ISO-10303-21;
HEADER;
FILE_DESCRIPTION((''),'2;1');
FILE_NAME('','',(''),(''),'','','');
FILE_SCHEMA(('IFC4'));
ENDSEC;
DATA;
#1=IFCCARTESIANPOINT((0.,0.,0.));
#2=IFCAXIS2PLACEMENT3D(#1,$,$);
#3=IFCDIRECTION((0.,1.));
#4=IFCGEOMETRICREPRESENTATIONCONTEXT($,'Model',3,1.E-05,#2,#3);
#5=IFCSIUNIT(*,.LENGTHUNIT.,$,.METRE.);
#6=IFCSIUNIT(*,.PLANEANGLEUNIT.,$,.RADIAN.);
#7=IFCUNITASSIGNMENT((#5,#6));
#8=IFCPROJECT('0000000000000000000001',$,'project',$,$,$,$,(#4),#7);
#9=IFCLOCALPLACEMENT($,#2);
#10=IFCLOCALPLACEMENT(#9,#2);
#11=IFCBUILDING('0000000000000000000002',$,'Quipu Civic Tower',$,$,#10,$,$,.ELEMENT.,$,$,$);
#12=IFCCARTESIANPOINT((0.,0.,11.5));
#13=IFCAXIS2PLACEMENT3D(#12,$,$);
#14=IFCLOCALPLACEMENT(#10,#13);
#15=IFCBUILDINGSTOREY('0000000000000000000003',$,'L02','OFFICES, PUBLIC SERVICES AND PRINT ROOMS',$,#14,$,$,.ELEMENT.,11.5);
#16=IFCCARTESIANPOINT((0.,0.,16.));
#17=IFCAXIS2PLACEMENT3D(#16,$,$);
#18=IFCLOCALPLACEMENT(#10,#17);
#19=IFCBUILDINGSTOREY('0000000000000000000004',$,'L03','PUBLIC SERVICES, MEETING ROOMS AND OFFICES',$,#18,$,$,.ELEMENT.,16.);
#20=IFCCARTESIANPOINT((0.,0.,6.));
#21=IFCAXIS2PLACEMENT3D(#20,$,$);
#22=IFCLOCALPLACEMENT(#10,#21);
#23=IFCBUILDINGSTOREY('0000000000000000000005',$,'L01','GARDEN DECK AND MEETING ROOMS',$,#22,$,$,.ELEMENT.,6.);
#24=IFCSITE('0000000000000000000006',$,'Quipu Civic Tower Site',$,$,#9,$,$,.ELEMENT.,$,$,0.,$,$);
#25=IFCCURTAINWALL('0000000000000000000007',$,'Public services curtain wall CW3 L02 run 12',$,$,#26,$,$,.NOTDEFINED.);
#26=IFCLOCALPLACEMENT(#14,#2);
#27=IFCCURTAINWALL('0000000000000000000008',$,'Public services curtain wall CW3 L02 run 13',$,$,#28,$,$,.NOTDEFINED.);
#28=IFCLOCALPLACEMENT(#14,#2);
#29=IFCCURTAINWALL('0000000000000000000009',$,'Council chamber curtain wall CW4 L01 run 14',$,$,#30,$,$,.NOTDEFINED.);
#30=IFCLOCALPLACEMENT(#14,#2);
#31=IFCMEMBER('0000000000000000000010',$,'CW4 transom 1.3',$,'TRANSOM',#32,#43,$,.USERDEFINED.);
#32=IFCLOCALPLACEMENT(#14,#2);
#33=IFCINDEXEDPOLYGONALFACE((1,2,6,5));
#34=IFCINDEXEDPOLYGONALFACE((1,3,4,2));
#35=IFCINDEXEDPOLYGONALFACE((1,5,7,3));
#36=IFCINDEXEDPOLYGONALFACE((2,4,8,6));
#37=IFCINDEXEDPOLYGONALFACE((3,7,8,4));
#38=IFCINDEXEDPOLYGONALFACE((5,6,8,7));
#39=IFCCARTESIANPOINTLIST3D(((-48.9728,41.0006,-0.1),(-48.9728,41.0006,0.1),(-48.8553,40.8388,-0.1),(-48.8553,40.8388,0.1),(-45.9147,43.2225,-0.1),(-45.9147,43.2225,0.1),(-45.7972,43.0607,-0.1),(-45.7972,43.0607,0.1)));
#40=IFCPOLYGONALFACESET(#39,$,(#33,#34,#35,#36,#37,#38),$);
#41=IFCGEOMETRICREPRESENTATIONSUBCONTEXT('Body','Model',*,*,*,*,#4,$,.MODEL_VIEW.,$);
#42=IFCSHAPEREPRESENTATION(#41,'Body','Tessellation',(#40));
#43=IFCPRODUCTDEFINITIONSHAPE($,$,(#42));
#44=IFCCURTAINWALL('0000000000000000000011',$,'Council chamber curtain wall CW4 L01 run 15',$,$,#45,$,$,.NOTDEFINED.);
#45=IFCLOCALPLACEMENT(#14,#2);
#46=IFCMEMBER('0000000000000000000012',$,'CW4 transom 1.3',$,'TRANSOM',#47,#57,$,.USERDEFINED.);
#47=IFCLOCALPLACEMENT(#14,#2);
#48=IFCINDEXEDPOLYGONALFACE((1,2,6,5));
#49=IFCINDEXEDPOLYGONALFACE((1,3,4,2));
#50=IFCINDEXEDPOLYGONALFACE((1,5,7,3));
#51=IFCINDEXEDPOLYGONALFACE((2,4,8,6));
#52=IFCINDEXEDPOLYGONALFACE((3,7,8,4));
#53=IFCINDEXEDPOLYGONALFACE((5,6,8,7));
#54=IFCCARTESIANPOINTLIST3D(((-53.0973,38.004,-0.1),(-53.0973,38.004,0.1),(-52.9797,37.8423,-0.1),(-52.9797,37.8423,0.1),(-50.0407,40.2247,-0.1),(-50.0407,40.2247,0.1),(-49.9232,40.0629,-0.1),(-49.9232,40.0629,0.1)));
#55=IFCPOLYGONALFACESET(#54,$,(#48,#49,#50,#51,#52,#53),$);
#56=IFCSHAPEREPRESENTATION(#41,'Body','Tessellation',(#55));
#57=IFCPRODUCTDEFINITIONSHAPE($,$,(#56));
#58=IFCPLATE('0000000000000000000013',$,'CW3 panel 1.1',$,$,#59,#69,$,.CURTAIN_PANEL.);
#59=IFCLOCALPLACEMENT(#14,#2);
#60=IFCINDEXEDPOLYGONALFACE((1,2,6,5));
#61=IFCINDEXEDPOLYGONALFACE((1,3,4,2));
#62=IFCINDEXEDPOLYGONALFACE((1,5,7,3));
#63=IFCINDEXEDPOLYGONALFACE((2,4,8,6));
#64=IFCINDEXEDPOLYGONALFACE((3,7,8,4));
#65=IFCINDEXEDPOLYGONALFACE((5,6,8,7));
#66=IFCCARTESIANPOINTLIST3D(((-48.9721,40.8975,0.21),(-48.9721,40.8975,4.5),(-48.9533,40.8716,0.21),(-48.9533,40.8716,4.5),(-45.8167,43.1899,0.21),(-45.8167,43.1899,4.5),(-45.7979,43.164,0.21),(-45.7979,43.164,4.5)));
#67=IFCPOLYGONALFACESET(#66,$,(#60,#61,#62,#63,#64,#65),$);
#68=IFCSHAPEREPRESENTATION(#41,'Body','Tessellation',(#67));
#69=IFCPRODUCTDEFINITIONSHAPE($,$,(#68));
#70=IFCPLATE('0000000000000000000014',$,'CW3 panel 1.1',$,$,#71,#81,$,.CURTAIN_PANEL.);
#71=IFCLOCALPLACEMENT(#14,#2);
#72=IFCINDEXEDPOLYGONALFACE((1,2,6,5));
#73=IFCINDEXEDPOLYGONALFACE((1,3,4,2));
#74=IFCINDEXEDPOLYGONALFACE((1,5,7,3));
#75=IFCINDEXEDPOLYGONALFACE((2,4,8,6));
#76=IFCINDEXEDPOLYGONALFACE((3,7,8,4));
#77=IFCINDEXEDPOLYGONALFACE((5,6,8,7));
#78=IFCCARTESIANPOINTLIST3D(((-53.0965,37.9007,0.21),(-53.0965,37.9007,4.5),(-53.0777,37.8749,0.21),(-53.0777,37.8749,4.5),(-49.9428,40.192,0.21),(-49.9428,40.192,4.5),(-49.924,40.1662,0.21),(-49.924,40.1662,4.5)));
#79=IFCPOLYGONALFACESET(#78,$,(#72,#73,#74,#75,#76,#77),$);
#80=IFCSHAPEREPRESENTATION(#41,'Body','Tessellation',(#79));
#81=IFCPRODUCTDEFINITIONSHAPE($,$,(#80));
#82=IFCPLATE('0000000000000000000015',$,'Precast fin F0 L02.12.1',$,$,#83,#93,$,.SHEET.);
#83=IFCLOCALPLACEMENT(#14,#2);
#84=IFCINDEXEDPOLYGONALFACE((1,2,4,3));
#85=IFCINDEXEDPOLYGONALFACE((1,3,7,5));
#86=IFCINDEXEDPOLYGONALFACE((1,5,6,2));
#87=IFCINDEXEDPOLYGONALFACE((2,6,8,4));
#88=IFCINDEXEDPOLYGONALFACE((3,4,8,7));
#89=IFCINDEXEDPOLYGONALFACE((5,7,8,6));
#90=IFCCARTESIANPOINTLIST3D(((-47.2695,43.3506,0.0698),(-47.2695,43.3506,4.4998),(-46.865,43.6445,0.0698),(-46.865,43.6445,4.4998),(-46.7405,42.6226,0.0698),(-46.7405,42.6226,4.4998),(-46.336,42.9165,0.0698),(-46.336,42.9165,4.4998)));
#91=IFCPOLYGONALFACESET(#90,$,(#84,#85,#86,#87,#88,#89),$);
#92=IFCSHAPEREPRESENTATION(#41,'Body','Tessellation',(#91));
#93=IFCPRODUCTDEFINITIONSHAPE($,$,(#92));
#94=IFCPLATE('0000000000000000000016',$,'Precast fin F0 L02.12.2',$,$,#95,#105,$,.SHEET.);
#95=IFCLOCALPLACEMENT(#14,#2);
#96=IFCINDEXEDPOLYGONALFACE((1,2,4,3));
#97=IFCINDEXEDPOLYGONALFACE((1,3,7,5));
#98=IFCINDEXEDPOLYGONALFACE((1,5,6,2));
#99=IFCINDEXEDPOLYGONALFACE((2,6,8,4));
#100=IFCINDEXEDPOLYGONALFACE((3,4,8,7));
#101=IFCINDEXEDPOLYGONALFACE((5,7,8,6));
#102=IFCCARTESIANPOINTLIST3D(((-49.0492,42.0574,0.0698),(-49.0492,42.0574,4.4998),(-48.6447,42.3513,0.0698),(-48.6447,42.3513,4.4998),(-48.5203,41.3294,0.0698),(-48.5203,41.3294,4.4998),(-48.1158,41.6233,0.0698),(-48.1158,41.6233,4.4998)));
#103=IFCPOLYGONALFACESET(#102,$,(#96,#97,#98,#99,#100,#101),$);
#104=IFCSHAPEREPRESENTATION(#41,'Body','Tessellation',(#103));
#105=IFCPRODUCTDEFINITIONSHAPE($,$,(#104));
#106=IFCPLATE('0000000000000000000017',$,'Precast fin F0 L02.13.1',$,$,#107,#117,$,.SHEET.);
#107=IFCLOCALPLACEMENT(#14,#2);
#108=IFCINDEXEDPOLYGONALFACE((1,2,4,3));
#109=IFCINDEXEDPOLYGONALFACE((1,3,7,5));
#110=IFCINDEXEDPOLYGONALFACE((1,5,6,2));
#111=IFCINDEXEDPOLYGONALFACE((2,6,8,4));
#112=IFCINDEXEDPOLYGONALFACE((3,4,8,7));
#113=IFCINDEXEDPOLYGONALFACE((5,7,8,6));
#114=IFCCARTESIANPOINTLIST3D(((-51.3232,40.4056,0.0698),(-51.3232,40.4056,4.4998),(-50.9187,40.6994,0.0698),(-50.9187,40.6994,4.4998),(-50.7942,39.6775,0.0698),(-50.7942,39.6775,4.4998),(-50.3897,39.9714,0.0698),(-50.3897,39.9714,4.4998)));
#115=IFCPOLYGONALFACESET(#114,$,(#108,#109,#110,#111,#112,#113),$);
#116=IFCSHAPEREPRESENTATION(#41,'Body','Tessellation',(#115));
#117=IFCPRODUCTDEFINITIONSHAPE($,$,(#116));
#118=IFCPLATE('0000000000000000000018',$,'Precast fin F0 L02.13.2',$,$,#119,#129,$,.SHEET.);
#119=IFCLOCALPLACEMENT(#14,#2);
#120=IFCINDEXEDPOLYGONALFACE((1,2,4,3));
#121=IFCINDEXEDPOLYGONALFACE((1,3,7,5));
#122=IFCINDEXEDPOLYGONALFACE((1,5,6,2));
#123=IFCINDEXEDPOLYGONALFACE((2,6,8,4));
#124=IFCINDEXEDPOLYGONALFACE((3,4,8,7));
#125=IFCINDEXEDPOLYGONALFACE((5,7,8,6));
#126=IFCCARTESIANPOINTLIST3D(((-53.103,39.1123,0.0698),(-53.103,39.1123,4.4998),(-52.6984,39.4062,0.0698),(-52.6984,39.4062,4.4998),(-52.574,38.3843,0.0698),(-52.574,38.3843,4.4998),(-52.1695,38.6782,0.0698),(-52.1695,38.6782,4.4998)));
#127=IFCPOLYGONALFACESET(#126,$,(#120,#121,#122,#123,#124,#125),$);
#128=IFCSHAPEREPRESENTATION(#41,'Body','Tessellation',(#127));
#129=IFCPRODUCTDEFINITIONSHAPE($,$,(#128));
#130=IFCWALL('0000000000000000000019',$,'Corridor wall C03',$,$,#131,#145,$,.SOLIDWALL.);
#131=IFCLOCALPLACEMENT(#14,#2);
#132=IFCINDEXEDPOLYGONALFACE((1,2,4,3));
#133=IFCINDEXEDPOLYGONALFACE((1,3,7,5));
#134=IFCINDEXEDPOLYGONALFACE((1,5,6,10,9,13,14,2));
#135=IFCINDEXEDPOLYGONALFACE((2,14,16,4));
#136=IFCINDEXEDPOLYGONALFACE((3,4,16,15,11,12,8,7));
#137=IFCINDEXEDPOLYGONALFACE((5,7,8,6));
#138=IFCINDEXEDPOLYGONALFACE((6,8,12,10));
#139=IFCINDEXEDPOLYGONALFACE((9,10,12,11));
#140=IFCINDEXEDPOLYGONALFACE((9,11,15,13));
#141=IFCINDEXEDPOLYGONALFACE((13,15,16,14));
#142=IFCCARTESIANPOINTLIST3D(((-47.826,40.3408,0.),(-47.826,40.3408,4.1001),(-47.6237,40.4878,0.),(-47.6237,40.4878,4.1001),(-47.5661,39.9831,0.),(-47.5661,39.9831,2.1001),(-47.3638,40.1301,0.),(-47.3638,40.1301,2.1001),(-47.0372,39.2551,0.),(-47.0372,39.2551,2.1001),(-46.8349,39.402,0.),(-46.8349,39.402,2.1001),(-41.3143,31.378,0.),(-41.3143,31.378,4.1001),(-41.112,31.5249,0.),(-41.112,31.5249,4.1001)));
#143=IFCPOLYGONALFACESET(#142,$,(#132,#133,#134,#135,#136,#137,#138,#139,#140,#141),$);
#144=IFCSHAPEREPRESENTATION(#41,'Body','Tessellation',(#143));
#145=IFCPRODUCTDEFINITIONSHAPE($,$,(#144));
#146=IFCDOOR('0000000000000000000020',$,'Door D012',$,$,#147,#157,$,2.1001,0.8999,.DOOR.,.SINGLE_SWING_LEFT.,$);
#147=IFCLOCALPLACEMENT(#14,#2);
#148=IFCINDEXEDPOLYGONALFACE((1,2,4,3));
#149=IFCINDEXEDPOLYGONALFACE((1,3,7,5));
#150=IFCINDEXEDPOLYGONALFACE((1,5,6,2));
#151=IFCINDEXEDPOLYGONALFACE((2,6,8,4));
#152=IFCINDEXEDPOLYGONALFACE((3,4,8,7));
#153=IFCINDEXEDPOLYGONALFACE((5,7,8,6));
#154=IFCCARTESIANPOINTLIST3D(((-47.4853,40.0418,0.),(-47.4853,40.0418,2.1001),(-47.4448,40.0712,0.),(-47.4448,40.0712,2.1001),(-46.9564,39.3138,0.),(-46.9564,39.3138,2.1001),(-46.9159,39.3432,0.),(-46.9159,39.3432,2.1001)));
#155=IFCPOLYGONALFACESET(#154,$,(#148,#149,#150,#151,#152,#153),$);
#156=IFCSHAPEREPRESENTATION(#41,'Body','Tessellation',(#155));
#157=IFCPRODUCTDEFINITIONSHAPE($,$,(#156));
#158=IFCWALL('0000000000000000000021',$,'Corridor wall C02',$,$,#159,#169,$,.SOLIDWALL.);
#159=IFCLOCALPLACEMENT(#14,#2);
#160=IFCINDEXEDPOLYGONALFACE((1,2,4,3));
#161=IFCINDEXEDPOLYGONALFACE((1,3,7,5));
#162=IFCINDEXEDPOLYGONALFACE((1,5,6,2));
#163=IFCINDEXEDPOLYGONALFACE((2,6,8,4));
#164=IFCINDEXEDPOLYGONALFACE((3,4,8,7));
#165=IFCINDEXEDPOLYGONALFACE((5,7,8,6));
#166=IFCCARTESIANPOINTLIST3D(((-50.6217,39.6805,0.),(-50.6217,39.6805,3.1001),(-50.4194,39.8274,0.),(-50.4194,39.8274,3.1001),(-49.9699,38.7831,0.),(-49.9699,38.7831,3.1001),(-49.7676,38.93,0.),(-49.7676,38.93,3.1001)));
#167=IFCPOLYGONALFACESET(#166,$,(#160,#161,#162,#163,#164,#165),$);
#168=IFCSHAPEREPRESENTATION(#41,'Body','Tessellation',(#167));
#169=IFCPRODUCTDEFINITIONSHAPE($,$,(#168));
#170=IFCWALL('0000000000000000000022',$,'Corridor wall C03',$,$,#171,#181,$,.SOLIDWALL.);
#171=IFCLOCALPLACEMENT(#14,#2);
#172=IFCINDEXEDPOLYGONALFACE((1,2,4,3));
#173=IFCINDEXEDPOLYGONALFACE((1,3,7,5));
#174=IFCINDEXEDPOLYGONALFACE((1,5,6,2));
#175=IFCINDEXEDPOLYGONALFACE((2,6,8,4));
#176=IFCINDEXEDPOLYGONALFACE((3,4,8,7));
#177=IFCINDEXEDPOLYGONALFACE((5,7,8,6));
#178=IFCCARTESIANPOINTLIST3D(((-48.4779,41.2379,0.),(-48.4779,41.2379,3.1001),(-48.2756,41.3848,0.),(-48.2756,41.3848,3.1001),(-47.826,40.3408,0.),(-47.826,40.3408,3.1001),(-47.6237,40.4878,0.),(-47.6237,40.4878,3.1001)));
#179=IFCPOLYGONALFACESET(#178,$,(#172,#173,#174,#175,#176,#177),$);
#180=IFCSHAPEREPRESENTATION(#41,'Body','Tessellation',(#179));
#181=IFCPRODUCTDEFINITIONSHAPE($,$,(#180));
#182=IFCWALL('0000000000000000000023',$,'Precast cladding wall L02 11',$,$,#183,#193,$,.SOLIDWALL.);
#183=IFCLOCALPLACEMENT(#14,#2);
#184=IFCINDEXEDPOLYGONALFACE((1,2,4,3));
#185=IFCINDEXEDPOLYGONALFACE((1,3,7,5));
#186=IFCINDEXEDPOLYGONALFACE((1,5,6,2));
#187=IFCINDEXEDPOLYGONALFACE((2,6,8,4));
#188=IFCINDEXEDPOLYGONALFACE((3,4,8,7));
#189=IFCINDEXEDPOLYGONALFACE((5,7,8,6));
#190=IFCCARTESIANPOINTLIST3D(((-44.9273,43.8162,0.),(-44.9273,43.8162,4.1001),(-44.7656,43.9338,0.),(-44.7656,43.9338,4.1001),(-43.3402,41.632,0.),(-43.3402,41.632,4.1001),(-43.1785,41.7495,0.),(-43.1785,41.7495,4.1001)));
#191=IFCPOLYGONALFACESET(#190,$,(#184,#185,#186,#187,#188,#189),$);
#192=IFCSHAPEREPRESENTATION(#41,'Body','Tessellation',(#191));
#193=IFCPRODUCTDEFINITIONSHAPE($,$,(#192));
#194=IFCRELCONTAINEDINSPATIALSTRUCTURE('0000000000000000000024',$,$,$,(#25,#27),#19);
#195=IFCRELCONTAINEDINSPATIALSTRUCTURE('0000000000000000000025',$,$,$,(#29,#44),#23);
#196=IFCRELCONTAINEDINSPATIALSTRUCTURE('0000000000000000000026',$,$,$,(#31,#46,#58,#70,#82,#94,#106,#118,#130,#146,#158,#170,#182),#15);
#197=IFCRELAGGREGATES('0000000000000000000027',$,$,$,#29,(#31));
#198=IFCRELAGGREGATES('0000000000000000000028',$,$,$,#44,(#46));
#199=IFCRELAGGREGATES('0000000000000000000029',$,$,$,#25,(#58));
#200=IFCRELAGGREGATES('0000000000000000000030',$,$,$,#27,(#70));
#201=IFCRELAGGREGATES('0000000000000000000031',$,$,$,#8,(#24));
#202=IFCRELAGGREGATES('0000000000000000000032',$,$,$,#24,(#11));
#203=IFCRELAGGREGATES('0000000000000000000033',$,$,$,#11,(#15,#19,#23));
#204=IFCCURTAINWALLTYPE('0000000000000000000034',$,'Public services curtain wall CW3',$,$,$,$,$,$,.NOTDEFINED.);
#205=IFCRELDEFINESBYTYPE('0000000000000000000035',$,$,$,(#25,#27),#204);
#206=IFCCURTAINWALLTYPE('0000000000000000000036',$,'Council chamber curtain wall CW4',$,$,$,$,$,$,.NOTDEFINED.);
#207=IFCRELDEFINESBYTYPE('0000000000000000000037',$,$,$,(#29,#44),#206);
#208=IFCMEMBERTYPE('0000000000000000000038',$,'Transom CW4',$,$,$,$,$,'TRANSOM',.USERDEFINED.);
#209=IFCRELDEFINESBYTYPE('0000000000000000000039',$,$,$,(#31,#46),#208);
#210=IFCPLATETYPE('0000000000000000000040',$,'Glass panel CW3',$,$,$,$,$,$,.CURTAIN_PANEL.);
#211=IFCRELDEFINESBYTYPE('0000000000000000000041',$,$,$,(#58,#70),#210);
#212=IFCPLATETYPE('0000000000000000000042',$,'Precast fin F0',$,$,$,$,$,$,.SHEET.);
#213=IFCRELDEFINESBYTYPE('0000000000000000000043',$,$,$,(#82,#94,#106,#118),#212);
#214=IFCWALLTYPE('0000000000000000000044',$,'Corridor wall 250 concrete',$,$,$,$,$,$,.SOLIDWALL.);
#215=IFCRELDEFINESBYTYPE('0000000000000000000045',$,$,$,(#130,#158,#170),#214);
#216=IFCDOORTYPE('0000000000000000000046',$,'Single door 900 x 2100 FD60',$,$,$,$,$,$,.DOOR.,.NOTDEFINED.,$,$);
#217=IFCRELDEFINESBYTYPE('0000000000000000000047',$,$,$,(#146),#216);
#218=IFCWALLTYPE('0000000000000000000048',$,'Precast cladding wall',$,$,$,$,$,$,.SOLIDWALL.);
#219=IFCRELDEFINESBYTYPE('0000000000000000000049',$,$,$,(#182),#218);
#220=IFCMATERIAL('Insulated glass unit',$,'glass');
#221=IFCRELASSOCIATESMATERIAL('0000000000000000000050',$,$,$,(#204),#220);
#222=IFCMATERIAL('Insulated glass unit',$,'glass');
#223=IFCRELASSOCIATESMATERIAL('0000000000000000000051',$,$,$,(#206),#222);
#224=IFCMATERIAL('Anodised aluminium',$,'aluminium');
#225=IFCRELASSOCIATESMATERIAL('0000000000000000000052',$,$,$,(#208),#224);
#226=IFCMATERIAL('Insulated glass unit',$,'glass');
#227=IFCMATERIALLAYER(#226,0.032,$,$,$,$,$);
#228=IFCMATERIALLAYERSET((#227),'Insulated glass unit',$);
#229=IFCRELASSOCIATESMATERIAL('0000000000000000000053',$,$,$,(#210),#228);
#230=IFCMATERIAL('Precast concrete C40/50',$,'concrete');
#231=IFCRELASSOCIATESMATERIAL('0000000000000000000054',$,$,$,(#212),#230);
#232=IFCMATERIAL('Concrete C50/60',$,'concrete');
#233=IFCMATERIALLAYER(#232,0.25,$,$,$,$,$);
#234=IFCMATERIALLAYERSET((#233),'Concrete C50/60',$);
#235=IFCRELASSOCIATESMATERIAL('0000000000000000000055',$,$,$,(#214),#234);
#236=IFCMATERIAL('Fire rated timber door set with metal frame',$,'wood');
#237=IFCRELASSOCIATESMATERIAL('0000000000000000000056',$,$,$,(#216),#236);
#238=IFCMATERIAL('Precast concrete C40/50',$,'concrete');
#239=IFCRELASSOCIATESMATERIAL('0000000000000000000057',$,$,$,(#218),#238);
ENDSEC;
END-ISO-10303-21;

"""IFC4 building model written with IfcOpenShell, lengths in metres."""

from ifc_helpers import new_model, si_unit, direction, frame, frame_2d, origin, origin_2d, place, context, subcontext, project, spatial, rectangle, extrude, material, layer, layer_set, material_profile, profile_set, type_object, element, fill, aggregate, save


model = new_model("IFC4")

# Units and contexts
model_context = context("Model", 3, precision=1e-05, world=origin(), true_north=direction((0.0, 1.0)))
body_context = subcontext(model_context, "Body", "Model", "MODEL_VIEW")
ifc_project = project(units=[si_unit("LENGTHUNIT", "METRE"), si_unit("PLANEANGLEUNIT", "RADIAN")], contexts=[model_context])

# Site, building, storey
site_placement = place(None, origin())
site = spatial("IfcSite", under=ifc_project, at=site_placement, Name="Quipu Civic Tower Site", CompositionType="ELEMENT", RefElevation=0.0)
building_placement = place(site_placement, origin())
building = spatial("IfcBuilding", under=site, at=building_placement, Name="Quipu Civic Tower", CompositionType="ELEMENT")
storey_1_placement = place(building_placement, frame((0.0, 0.0, 11.5)))
storey_1 = spatial("IfcBuildingStorey", under=building, at=storey_1_placement, Name="L02", Description="OFFICES, PUBLIC SERVICES AND PRINT ROOMS", CompositionType="ELEMENT", Elevation=11.5)

# Shared definitions
storey_2_placement = place(building_placement, frame((0.0, 0.0, 16.0)))
storey_2 = spatial("IfcBuildingStorey", under=building, at=storey_2_placement, Name="L03", Description="PUBLIC SERVICES, MEETING ROOMS AND OFFICES", CompositionType="ELEMENT", Elevation=16.0)

# Curtain walls
ifc_material_1 = material(Name="Insulated glass unit", Category="glass")
curtain_wall_type_1 = type_object("IfcCurtainWallType", Name="Public services curtain wall CW3", PredefinedType="NOTDEFINED", material=ifc_material_1)
curtain_wall_1_placement = place(storey_2_placement, origin())
curtain_wall_1 = element("IfcCurtainWall", 1, at=curtain_wall_1_placement, inside=storey_2, type_object=curtain_wall_type_1, Name="Public services curtain wall CW3 L02 run 12", PredefinedType="NOTDEFINED")
curtain_wall_2_placement = place(storey_2_placement, origin())
curtain_wall_2 = element("IfcCurtainWall", 2, at=curtain_wall_2_placement, inside=storey_2, type_object=curtain_wall_type_1, Name="Public services curtain wall CW3 L02 run 13", PredefinedType="NOTDEFINED")

# Shared definitions
storey_3_placement = place(building_placement, frame((0.0, 0.0, 6.0)))
storey_3 = spatial("IfcBuildingStorey", under=building, at=storey_3_placement, Name="L01", Description="GARDEN DECK AND MEETING ROOMS", CompositionType="ELEMENT", Elevation=6.0)

# Curtain walls, members
ifc_material_2 = material(Name="Insulated glass unit", Category="glass")
curtain_wall_type_2 = type_object("IfcCurtainWallType", Name="Council chamber curtain wall CW4", PredefinedType="NOTDEFINED", material=ifc_material_2)
curtain_wall_3_placement = place(storey_3_placement, origin())
curtain_wall_3 = element("IfcCurtainWall", 3, at=curtain_wall_3_placement, inside=storey_3, type_object=curtain_wall_type_2, Name="Council chamber curtain wall CW4 L01 run 14", PredefinedType="NOTDEFINED")
ifc_material_3 = material(Name="Anodised aluminium", Category="aluminium")
ifc_material_profile_1 = material_profile(ifc_material_3, rectangle(XDim=0.2, YDim=0.2, at=origin_2d()), Name="RECT 200x200")
ifc_profile_set_1 = profile_set([ifc_material_profile_1], Name="Anodised aluminium")
member_type_1 = type_object("IfcMemberType", Name="Transom CW4", ElementType="TRANSOM", PredefinedType="USERDEFINED", material=ifc_profile_set_1)
member_1_placement = place(storey_1_placement, frame((-45.856, 43.1416, 0.0), z_axis=(-0.809007, -0.587799, 0.0), x_axis=(0.587799, -0.809007, 0.0)))
member_1 = element("IfcMember", 4, at=member_1_placement, inside=storey_1, type_object=member_type_1, Name="CW4 transom 1.3", ObjectType="TRANSOM", PredefinedType="USERDEFINED", context=body_context, shape_type="SweptSolid", body=[
    extrude(rectangle(XDim=0.2, YDim=0.2, at=origin_2d()), origin(), (0.0, 0.0, 1.0), 3.78),
])
aggregate(curtain_wall_3, [member_1])
curtain_wall_4_placement = place(storey_3_placement, origin())
curtain_wall_4 = element("IfcCurtainWall", 5, at=curtain_wall_4_placement, inside=storey_3, type_object=curtain_wall_type_2, Name="Council chamber curtain wall CW4 L01 run 15", PredefinedType="NOTDEFINED")
member_2_placement = place(storey_1_placement, frame((-49.9819, 40.1438, 0.0), z_axis=(-0.809027, -0.587772, 0.0), x_axis=(0.587772, -0.809027, 0.0)))
member_2 = element("IfcMember", 6, at=member_2_placement, inside=storey_1, type_object=member_type_1, Name="CW4 transom 1.3", ObjectType="TRANSOM", PredefinedType="USERDEFINED", context=body_context, shape_type="SweptSolid", body=[
    extrude(rectangle(XDim=0.2, YDim=0.2, at=origin_2d()), origin(), (0.0, 0.0, 1.0), 3.7781),
])
aggregate(curtain_wall_4, [member_2])

# Plates
ifc_material_4 = material(Name="Insulated glass unit", Category="glass")
ifc_layer_1 = layer(ifc_material_4, 0.032)
ifc_layer_set_1 = layer_set([ifc_layer_1], Name="Insulated glass unit")
plate_type_1 = type_object("IfcPlateType", Name="Glass panel CW3", PredefinedType="CURTAIN_PANEL", material=ifc_layer_set_1)
plate_1_placement = place(storey_1_placement, frame((-47.385, 42.0308, 0.21), z_axis=(0.0, 0.0, 1.0), x_axis=(-0.80903, -0.587767, 0.0)))
plate_1 = element("IfcPlate", 7, at=plate_1_placement, inside=storey_1, type_object=plate_type_1, Name="CW3 panel 1.1", PredefinedType="CURTAIN_PANEL", context=body_context, shape_type="SweptSolid", body=[
    extrude(rectangle(XDim=3.9001, YDim=0.032, at=origin_2d()), origin(), (0.0, 0.0, 1.0), 4.29),
])
aggregate(curtain_wall_1, [plate_1])
plate_2_placement = place(storey_1_placement, frame((-51.5103, 39.0334, 0.21), z_axis=(0.0, 0.0, 1.0), x_axis=(-0.809015, -0.587789, 0.0)))
plate_2 = element("IfcPlate", 8, at=plate_2_placement, inside=storey_1, type_object=plate_type_1, Name="CW3 panel 1.1", PredefinedType="CURTAIN_PANEL", context=body_context, shape_type="SweptSolid", body=[
    extrude(rectangle(XDim=3.8982, YDim=0.032, at=origin_2d()), origin(), (0.0, 0.0, 1.0), 4.29),
])
aggregate(curtain_wall_2, [plate_2])

# Plates
ifc_material_5 = material(Name="Precast concrete C40/50", Category="concrete")
plate_type_2 = type_object("IfcPlateType", Name="Precast fin F0", PredefinedType="SHEET", material=ifc_material_5)
for number, where, z_axis, x_axis, name in (
    (9, (-46.8027, 43.1335, 0.0698), (0.0, 0.0, 1.0), (-0.809021, -0.587779, 0.0), "Precast fin F0 L02.12.1"),
    (10, (-48.5825, 41.8403, 0.0698), (0.0, 0.0, 1.0), (-0.809021, -0.587779, 0.0), "Precast fin F0 L02.12.2"),
    (11, (-50.8564, 40.1885, 0.0698), (0.0, 0.0, 1.0), (-0.809021, -0.587779, 0.0), "Precast fin F0 L02.13.1"),
    (12, (-52.6362, 38.8953, 0.0698), (0.0, 0.0, 1.0), (-0.809021, -0.587779, 0.0), "Precast fin F0 L02.13.2"),
):
    element("IfcPlate", number, at=place(storey_1_placement, frame(where, z_axis=z_axis, x_axis=x_axis)), inside=storey_1, type_object=plate_type_2, Name=name, PredefinedType="SHEET", context=body_context, shape_type="SweptSolid", body=[
        extrude(rectangle(XDim=0.5, YDim=0.8999, at=origin_2d()), origin(), (0.0, 0.0, 1.0), 4.4299),
    ])

# Wall, opening, door
ifc_material_6 = material(Name="Concrete C50/60", Category="concrete")
ifc_layer_2 = layer(ifc_material_6, 0.25)
ifc_layer_set_2 = layer_set([ifc_layer_2], Name="Concrete C50/60")
wall_type_1 = type_object("IfcWallType", Name="Corridor wall 250 concrete", PredefinedType="SOLIDWALL", material=ifc_layer_set_2)
wall_1_placement = place(storey_1_placement, frame((-47.7249, 40.4143, 0.0), z_axis=(0.0, 0.0, 1.0), x_axis=(0.587773, -0.809026, 0.0)))
wall_1 = element("IfcWall", 13, at=wall_1_placement, inside=storey_1, type_object=wall_type_1, Name="Corridor wall C03", PredefinedType="SOLIDWALL", context=body_context, shape_type="SweptSolid", body=[
    extrude(rectangle(XDim=11.0786, YDim=0.25, at=frame_2d((5.5393, 0.0))), origin(), (0.0, 0.0, 1.0), 4.1001),
])
opening_placement = place(wall_1_placement, frame((0.4421, 0.0, 0.0)))
opening = element("IfcOpeningElement", 14, at=opening_placement, cuts=wall_1, PredefinedType="OPENING", context=body_context, shape_type="SweptSolid", body=[
    extrude(rectangle(XDim=0.8999, YDim=2.1001, at=frame_2d((0.45, 1.05))), frame((0.0, 0.135, 0.0), z_axis=(0.0, -1.0, 0.0), x_axis=(1.0, 0.0, 0.0)), (0.0, 0.0, 1.0), 0.27),
])
ifc_material_7 = material(Name="Fire rated timber door set with metal frame", Category="wood")
door_type = type_object("IfcDoorType", Name="Single door 900 x 2100 FD60", OperationType="NOTDEFINED", PredefinedType="DOOR", material=ifc_material_7)
door_placement = place(opening_placement, origin())
door = element("IfcDoor", 15, at=door_placement, inside=storey_1, type_object=door_type, Name="Door D012", OperationType="SINGLE_SWING_LEFT", OverallHeight=2.1001, OverallWidth=0.8999, PredefinedType="DOOR", context=body_context, shape_type="SweptSolid", body=[
    extrude(rectangle(XDim=0.8999, YDim=2.1001, at=frame_2d((0.45, 1.05))), frame((0.0, 0.0249, 0.0), z_axis=(0.0, -1.0, 0.0), x_axis=(1.0, 0.0, 0.0)), (0.0, 0.0, 1.0), 0.05),
])
fill(opening, door)

# Walls
wall_2_placement = place(storey_1_placement, frame((-49.8687, 38.8564, 0.0), z_axis=(0.0, 0.0, 1.0), x_axis=(-0.587674, 0.809098, 0.0)))
element("IfcWall", 16, at=wall_2_placement, inside=storey_1, type_object=wall_type_1, Name="Corridor wall C02", PredefinedType="SOLIDWALL", context=body_context, shape_type="SweptSolid", body=[
    extrude(rectangle(XDim=1.1091, YDim=0.25, at=frame_2d((0.5547, 0.0))), origin(), (0.0, 0.0, 1.0), 3.1001),
])
wall_3_placement = place(storey_1_placement, frame((-47.7249, 40.4143, 0.0), z_axis=(0.0, 0.0, 1.0), x_axis=(-0.587884, 0.808946, 0.0)))
element("IfcWall", 17, at=wall_3_placement, inside=storey_1, type_object=wall_type_1, Name="Corridor wall C03", PredefinedType="SOLIDWALL", context=body_context, shape_type="SweptSolid", body=[
    extrude(rectangle(XDim=1.1089, YDim=0.25, at=frame_2d((0.5544, 0.0))), origin(), (0.0, 0.0, 1.0), 3.1001),
])
ifc_material_8 = material(Name="Precast concrete C40/50", Category="concrete")
wall_type_2 = type_object("IfcWallType", Name="Precast cladding wall", PredefinedType="SOLIDWALL", material=ifc_material_8)
wall_4_placement = place(storey_1_placement, frame((-43.2593, 41.6907, 0.0), z_axis=(0.0, 0.0, 1.0), x_axis=(-0.587822, 0.80899, 0.0)))
element("IfcWall", 18, at=wall_4_placement, inside=storey_1, type_object=wall_type_2, Name="Precast cladding wall L02 11", PredefinedType="SOLIDWALL", context=body_context, shape_type="SweptSolid", body=[
    extrude(rectangle(XDim=2.7, YDim=0.2, at=frame_2d((1.3501, 0.0))), origin(), (0.0, 0.0, 1.0), 4.1001),
])

save(model, "model.ifc")
